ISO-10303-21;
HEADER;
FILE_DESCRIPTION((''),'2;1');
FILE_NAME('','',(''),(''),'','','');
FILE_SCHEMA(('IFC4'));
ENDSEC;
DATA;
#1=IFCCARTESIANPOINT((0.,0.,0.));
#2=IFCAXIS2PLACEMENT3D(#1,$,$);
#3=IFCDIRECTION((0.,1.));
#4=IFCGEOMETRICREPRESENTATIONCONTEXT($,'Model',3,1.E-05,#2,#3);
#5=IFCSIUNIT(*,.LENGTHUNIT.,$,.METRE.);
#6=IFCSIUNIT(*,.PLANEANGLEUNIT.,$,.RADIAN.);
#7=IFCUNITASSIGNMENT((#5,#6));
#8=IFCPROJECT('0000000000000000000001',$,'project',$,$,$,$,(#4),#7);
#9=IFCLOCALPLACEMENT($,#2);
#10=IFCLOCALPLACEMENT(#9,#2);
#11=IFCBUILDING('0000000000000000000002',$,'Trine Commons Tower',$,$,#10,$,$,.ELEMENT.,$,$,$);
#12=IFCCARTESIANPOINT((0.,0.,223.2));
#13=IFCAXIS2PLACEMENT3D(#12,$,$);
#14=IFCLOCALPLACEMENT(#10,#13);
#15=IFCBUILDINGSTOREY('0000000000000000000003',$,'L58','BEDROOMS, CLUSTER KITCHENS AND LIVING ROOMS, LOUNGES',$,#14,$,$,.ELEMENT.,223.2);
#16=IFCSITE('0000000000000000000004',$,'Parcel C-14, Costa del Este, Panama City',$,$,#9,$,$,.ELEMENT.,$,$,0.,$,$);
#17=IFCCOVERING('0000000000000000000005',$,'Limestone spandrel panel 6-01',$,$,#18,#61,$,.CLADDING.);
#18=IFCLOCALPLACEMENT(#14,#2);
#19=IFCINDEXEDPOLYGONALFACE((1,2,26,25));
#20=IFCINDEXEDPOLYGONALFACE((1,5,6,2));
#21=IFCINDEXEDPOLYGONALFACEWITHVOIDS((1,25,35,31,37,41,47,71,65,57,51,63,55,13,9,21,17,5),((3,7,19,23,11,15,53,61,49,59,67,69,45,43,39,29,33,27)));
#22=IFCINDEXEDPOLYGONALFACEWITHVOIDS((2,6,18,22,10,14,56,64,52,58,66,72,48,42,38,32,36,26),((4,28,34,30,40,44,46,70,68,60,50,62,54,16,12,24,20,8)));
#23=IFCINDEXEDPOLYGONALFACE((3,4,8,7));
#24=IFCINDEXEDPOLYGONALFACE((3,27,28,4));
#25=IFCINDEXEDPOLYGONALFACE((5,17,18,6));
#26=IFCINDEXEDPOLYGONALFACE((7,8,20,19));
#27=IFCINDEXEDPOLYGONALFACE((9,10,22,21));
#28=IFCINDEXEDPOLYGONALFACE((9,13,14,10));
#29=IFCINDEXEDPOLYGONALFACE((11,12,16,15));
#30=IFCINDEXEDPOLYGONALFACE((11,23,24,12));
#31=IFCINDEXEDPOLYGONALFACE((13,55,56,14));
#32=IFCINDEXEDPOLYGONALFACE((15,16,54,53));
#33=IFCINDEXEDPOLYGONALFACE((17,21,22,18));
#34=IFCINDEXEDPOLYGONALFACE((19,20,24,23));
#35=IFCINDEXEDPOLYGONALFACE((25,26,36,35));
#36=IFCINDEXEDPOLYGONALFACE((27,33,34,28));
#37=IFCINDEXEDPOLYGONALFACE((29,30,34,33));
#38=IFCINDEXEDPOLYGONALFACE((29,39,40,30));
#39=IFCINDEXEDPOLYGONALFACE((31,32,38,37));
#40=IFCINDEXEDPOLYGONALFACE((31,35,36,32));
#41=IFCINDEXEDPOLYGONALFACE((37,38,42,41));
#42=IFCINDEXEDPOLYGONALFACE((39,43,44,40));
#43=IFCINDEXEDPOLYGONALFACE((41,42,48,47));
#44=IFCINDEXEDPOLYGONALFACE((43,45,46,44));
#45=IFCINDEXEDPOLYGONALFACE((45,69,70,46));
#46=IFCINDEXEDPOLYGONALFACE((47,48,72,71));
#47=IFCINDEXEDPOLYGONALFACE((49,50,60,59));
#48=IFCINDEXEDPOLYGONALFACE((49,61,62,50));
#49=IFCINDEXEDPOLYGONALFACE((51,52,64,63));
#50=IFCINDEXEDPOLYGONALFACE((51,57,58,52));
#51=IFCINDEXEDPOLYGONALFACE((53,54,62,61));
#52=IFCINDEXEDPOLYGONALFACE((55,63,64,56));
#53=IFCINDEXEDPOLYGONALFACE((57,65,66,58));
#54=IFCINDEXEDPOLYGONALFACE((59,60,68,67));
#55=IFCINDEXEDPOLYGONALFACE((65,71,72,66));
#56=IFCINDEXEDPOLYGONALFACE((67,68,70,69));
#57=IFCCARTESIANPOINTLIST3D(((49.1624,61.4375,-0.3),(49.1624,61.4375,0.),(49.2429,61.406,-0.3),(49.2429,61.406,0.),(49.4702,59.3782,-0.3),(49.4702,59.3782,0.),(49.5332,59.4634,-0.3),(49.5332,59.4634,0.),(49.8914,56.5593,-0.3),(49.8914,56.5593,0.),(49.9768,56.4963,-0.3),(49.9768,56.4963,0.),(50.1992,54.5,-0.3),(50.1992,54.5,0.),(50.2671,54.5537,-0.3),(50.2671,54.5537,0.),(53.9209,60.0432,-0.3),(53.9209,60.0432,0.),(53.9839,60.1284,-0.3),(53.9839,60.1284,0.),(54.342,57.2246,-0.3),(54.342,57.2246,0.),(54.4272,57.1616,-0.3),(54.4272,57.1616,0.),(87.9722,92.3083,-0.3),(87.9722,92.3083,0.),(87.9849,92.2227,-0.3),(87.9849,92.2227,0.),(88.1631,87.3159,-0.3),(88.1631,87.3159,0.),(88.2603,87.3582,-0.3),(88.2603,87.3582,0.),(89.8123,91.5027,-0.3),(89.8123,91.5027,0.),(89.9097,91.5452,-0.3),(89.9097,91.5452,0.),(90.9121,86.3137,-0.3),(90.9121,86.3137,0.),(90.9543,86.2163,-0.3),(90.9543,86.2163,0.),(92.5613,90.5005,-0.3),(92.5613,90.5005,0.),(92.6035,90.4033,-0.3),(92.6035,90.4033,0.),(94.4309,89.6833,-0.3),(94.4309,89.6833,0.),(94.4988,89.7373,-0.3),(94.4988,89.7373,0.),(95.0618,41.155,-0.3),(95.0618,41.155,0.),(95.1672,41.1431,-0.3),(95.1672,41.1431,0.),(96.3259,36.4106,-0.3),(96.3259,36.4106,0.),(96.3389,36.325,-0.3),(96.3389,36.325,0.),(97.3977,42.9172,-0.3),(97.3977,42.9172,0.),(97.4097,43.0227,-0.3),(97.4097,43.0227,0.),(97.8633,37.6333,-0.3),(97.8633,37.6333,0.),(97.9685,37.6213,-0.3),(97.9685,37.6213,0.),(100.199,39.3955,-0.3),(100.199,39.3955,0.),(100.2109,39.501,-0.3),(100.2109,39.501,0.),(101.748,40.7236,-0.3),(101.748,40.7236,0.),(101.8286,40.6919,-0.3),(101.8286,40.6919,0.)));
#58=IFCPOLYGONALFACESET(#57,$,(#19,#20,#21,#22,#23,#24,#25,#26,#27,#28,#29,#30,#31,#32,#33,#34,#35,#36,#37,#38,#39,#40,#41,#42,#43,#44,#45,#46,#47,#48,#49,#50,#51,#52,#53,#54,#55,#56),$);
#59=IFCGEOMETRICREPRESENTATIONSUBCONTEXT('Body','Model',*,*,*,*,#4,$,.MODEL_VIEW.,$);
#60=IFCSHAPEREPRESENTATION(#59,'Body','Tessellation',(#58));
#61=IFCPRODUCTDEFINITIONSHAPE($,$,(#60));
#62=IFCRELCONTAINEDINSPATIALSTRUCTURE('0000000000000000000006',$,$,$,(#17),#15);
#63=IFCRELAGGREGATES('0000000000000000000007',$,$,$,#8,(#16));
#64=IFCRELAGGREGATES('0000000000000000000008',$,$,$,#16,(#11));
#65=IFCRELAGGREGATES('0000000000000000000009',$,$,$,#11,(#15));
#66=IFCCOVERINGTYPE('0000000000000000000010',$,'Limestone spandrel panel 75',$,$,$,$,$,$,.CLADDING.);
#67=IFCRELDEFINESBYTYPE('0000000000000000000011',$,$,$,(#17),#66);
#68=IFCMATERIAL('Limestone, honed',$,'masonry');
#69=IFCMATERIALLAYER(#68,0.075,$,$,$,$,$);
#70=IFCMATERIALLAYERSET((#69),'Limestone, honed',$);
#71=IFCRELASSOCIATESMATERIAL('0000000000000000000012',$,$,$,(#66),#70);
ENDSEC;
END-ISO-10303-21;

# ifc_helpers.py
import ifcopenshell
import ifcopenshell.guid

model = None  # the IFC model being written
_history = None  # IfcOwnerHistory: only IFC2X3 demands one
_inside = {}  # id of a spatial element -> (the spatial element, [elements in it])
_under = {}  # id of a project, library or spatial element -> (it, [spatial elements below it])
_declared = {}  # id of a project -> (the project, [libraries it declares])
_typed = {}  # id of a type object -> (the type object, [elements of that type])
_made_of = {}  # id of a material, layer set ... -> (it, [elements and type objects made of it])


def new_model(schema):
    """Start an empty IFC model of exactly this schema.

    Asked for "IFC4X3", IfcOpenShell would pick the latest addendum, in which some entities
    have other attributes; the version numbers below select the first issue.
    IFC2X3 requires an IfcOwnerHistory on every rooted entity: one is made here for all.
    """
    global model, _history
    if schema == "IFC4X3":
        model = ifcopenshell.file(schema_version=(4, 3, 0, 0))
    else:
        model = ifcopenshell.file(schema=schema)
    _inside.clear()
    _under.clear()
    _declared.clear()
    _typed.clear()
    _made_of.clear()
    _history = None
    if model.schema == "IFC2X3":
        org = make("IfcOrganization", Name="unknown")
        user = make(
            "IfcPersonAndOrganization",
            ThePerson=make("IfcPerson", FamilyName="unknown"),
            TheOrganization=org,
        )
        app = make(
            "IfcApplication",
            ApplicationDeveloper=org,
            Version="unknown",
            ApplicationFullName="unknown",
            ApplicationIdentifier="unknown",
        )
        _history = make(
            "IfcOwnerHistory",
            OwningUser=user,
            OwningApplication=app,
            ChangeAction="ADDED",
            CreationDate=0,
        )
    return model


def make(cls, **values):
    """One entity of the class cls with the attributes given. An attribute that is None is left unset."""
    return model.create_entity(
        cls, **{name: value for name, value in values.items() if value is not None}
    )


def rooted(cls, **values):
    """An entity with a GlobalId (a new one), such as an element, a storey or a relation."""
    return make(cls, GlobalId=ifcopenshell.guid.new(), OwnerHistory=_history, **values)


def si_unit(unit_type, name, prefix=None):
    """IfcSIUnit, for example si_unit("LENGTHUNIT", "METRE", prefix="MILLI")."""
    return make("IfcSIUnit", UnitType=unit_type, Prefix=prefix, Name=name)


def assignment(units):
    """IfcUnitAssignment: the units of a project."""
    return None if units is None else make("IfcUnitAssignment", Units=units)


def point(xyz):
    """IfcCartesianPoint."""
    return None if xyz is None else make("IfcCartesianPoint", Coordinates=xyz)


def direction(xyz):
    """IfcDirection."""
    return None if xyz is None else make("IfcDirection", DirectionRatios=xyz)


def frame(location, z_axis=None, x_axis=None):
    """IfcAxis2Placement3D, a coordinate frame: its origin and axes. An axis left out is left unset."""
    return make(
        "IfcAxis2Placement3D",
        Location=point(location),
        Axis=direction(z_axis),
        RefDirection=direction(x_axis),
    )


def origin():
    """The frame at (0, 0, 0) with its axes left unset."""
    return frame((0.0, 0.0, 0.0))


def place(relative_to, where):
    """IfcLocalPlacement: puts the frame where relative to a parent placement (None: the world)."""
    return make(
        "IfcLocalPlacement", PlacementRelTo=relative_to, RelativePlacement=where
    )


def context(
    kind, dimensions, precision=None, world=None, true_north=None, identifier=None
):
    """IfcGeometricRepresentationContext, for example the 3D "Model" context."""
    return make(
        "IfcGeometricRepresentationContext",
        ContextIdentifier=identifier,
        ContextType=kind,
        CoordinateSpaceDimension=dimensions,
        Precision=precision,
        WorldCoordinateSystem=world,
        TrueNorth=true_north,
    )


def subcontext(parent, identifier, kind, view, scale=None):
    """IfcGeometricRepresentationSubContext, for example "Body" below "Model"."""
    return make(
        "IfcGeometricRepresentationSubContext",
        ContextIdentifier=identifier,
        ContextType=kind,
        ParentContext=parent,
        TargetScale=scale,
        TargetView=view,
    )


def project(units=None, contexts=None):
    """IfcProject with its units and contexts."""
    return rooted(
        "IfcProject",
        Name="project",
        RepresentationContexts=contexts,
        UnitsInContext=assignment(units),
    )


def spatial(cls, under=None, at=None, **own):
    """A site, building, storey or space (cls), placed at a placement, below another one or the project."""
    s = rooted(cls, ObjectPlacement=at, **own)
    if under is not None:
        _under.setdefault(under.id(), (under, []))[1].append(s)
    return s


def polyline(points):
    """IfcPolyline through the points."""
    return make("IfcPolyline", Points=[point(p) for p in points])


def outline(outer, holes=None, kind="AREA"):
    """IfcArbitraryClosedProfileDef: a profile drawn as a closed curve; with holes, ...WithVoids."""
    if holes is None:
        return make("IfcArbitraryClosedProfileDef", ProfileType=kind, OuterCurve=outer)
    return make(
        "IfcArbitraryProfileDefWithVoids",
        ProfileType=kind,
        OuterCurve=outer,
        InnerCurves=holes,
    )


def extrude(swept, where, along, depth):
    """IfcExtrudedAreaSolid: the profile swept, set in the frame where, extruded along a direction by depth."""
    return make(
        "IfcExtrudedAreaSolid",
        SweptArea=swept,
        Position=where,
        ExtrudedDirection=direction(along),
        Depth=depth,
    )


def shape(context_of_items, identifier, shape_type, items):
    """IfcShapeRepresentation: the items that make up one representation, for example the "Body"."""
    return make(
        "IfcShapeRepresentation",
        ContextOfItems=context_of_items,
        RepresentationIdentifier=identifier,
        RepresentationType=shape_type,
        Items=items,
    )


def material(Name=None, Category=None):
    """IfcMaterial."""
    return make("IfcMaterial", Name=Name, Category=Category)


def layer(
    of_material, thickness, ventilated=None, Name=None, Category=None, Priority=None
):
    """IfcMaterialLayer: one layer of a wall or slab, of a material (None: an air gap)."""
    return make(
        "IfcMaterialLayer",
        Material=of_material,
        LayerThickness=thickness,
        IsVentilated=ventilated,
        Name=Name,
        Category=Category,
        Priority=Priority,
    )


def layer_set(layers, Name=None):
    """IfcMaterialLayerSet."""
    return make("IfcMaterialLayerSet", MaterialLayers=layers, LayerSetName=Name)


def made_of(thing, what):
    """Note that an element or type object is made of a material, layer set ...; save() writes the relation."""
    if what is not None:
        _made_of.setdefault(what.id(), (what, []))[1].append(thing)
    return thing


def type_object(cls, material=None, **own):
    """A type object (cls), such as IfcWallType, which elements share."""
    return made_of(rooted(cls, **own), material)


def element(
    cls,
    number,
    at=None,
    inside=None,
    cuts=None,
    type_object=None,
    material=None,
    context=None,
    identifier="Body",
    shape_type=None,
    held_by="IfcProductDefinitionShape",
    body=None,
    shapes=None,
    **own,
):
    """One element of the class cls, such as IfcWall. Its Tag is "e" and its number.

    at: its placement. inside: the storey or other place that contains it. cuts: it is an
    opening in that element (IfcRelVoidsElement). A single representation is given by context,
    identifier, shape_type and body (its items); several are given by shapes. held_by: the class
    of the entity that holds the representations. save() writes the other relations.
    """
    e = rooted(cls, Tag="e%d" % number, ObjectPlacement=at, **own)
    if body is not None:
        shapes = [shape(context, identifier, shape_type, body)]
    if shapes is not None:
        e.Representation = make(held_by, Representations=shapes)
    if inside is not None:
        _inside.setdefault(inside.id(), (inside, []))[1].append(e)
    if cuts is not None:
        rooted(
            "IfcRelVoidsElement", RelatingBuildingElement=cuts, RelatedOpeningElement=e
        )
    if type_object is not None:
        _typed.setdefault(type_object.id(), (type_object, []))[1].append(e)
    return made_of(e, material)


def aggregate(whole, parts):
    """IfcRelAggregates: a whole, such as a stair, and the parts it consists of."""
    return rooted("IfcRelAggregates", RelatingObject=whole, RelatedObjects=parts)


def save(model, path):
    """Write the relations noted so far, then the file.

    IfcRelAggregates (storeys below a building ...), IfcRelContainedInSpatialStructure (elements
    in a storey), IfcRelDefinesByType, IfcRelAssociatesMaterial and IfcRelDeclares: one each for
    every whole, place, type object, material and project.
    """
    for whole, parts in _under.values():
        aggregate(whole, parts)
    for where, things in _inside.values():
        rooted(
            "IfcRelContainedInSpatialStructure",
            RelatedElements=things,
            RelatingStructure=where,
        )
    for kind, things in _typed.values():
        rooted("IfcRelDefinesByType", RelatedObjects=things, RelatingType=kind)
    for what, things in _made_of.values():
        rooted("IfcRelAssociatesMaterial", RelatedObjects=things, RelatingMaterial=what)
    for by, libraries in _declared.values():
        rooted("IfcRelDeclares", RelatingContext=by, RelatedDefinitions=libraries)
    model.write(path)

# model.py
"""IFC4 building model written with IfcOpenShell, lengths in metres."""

from ifc_helpers import new_model, si_unit, direction, frame, origin, place, context, subcontext, project, spatial, polyline, outline, extrude, material, layer, layer_set, type_object, element, save


model = new_model("IFC4")

# Units and contexts
model_context = context("Model", 3, precision=1e-05, world=origin(), true_north=direction((0.0, 1.0)))
body_context = subcontext(model_context, "Body", "Model", "MODEL_VIEW")
ifc_project = project(units=[si_unit("LENGTHUNIT", "METRE"), si_unit("PLANEANGLEUNIT", "RADIAN")], contexts=[model_context])

# Site, building, storey
site_placement = place(None, origin())
site = spatial("IfcSite", under=ifc_project, at=site_placement, Name="Parcel C-14, Costa del Este, Panama City", CompositionType="ELEMENT", RefElevation=0.0)
building_placement = place(site_placement, origin())
building = spatial("IfcBuilding", under=site, at=building_placement, Name="Trine Commons Tower", CompositionType="ELEMENT")
storey_placement = place(building_placement, frame((0.0, 0.0, 223.2)))
storey = spatial("IfcBuildingStorey", under=building, at=storey_placement, Name="L58", Description="BEDROOMS, CLUSTER KITCHENS AND LIVING ROOMS, LOUNGES", CompositionType="ELEMENT", Elevation=223.2)

# Covering
ifc_material_1 = material(Name="Limestone, honed", Category="masonry")
ifc_layer_1 = layer(ifc_material_1, 0.075)
ifc_layer_set_1 = layer_set([ifc_layer_1], Name="Limestone, honed")
covering_type_1 = type_object("IfcCoveringType", Name="Limestone spandrel panel 75", PredefinedType="CLADDING", material=ifc_layer_set_1)
covering_1_placement = place(storey_placement, frame((0.0, 0.0, -0.3)))
element("IfcCovering", 1, at=covering_1_placement, inside=storey, type_object=covering_type_1, Name="Limestone spandrel panel 6-01", PredefinedType="CLADDING", context=body_context, shape_type="SweptSolid", body=[
    extrude(outline(polyline([(97.3977, 42.9172), (100.199, 39.3955), (101.8286, 40.6919), (94.4988, 89.7373), (92.5613, 90.5005), (90.9121, 86.3137), (88.2603, 87.3582), (89.9097, 91.5452), (87.9722, 92.3083), (49.1624, 61.4375), (49.4702, 59.3782), (53.9209, 60.0432), (54.342, 57.2246), (49.8914, 56.5593), (50.1992, 54.5), (96.3389, 36.325), (97.9685, 37.6213), (95.1672, 41.1431), (97.3977, 42.9172)]), holes=[polyline([(92.6035, 90.4033), (94.4309, 89.6833), (101.748, 40.7236), (100.2109, 39.501), (97.4097, 43.0227), (95.0618, 41.155), (97.8633, 37.6333), (96.3259, 36.4106), (50.2671, 54.5537), (49.9768, 56.4963), (54.4272, 57.1616), (53.9839, 60.1284), (49.5332, 59.4634), (49.2429, 61.406), (87.9849, 92.2227), (89.8123, 91.5027), (88.1631, 87.3159), (90.9543, 86.2163), (92.6035, 90.4033)])]), origin(), (0.0, 0.0, 1.0), 0.3),
])

save(model, "model.ifc")
